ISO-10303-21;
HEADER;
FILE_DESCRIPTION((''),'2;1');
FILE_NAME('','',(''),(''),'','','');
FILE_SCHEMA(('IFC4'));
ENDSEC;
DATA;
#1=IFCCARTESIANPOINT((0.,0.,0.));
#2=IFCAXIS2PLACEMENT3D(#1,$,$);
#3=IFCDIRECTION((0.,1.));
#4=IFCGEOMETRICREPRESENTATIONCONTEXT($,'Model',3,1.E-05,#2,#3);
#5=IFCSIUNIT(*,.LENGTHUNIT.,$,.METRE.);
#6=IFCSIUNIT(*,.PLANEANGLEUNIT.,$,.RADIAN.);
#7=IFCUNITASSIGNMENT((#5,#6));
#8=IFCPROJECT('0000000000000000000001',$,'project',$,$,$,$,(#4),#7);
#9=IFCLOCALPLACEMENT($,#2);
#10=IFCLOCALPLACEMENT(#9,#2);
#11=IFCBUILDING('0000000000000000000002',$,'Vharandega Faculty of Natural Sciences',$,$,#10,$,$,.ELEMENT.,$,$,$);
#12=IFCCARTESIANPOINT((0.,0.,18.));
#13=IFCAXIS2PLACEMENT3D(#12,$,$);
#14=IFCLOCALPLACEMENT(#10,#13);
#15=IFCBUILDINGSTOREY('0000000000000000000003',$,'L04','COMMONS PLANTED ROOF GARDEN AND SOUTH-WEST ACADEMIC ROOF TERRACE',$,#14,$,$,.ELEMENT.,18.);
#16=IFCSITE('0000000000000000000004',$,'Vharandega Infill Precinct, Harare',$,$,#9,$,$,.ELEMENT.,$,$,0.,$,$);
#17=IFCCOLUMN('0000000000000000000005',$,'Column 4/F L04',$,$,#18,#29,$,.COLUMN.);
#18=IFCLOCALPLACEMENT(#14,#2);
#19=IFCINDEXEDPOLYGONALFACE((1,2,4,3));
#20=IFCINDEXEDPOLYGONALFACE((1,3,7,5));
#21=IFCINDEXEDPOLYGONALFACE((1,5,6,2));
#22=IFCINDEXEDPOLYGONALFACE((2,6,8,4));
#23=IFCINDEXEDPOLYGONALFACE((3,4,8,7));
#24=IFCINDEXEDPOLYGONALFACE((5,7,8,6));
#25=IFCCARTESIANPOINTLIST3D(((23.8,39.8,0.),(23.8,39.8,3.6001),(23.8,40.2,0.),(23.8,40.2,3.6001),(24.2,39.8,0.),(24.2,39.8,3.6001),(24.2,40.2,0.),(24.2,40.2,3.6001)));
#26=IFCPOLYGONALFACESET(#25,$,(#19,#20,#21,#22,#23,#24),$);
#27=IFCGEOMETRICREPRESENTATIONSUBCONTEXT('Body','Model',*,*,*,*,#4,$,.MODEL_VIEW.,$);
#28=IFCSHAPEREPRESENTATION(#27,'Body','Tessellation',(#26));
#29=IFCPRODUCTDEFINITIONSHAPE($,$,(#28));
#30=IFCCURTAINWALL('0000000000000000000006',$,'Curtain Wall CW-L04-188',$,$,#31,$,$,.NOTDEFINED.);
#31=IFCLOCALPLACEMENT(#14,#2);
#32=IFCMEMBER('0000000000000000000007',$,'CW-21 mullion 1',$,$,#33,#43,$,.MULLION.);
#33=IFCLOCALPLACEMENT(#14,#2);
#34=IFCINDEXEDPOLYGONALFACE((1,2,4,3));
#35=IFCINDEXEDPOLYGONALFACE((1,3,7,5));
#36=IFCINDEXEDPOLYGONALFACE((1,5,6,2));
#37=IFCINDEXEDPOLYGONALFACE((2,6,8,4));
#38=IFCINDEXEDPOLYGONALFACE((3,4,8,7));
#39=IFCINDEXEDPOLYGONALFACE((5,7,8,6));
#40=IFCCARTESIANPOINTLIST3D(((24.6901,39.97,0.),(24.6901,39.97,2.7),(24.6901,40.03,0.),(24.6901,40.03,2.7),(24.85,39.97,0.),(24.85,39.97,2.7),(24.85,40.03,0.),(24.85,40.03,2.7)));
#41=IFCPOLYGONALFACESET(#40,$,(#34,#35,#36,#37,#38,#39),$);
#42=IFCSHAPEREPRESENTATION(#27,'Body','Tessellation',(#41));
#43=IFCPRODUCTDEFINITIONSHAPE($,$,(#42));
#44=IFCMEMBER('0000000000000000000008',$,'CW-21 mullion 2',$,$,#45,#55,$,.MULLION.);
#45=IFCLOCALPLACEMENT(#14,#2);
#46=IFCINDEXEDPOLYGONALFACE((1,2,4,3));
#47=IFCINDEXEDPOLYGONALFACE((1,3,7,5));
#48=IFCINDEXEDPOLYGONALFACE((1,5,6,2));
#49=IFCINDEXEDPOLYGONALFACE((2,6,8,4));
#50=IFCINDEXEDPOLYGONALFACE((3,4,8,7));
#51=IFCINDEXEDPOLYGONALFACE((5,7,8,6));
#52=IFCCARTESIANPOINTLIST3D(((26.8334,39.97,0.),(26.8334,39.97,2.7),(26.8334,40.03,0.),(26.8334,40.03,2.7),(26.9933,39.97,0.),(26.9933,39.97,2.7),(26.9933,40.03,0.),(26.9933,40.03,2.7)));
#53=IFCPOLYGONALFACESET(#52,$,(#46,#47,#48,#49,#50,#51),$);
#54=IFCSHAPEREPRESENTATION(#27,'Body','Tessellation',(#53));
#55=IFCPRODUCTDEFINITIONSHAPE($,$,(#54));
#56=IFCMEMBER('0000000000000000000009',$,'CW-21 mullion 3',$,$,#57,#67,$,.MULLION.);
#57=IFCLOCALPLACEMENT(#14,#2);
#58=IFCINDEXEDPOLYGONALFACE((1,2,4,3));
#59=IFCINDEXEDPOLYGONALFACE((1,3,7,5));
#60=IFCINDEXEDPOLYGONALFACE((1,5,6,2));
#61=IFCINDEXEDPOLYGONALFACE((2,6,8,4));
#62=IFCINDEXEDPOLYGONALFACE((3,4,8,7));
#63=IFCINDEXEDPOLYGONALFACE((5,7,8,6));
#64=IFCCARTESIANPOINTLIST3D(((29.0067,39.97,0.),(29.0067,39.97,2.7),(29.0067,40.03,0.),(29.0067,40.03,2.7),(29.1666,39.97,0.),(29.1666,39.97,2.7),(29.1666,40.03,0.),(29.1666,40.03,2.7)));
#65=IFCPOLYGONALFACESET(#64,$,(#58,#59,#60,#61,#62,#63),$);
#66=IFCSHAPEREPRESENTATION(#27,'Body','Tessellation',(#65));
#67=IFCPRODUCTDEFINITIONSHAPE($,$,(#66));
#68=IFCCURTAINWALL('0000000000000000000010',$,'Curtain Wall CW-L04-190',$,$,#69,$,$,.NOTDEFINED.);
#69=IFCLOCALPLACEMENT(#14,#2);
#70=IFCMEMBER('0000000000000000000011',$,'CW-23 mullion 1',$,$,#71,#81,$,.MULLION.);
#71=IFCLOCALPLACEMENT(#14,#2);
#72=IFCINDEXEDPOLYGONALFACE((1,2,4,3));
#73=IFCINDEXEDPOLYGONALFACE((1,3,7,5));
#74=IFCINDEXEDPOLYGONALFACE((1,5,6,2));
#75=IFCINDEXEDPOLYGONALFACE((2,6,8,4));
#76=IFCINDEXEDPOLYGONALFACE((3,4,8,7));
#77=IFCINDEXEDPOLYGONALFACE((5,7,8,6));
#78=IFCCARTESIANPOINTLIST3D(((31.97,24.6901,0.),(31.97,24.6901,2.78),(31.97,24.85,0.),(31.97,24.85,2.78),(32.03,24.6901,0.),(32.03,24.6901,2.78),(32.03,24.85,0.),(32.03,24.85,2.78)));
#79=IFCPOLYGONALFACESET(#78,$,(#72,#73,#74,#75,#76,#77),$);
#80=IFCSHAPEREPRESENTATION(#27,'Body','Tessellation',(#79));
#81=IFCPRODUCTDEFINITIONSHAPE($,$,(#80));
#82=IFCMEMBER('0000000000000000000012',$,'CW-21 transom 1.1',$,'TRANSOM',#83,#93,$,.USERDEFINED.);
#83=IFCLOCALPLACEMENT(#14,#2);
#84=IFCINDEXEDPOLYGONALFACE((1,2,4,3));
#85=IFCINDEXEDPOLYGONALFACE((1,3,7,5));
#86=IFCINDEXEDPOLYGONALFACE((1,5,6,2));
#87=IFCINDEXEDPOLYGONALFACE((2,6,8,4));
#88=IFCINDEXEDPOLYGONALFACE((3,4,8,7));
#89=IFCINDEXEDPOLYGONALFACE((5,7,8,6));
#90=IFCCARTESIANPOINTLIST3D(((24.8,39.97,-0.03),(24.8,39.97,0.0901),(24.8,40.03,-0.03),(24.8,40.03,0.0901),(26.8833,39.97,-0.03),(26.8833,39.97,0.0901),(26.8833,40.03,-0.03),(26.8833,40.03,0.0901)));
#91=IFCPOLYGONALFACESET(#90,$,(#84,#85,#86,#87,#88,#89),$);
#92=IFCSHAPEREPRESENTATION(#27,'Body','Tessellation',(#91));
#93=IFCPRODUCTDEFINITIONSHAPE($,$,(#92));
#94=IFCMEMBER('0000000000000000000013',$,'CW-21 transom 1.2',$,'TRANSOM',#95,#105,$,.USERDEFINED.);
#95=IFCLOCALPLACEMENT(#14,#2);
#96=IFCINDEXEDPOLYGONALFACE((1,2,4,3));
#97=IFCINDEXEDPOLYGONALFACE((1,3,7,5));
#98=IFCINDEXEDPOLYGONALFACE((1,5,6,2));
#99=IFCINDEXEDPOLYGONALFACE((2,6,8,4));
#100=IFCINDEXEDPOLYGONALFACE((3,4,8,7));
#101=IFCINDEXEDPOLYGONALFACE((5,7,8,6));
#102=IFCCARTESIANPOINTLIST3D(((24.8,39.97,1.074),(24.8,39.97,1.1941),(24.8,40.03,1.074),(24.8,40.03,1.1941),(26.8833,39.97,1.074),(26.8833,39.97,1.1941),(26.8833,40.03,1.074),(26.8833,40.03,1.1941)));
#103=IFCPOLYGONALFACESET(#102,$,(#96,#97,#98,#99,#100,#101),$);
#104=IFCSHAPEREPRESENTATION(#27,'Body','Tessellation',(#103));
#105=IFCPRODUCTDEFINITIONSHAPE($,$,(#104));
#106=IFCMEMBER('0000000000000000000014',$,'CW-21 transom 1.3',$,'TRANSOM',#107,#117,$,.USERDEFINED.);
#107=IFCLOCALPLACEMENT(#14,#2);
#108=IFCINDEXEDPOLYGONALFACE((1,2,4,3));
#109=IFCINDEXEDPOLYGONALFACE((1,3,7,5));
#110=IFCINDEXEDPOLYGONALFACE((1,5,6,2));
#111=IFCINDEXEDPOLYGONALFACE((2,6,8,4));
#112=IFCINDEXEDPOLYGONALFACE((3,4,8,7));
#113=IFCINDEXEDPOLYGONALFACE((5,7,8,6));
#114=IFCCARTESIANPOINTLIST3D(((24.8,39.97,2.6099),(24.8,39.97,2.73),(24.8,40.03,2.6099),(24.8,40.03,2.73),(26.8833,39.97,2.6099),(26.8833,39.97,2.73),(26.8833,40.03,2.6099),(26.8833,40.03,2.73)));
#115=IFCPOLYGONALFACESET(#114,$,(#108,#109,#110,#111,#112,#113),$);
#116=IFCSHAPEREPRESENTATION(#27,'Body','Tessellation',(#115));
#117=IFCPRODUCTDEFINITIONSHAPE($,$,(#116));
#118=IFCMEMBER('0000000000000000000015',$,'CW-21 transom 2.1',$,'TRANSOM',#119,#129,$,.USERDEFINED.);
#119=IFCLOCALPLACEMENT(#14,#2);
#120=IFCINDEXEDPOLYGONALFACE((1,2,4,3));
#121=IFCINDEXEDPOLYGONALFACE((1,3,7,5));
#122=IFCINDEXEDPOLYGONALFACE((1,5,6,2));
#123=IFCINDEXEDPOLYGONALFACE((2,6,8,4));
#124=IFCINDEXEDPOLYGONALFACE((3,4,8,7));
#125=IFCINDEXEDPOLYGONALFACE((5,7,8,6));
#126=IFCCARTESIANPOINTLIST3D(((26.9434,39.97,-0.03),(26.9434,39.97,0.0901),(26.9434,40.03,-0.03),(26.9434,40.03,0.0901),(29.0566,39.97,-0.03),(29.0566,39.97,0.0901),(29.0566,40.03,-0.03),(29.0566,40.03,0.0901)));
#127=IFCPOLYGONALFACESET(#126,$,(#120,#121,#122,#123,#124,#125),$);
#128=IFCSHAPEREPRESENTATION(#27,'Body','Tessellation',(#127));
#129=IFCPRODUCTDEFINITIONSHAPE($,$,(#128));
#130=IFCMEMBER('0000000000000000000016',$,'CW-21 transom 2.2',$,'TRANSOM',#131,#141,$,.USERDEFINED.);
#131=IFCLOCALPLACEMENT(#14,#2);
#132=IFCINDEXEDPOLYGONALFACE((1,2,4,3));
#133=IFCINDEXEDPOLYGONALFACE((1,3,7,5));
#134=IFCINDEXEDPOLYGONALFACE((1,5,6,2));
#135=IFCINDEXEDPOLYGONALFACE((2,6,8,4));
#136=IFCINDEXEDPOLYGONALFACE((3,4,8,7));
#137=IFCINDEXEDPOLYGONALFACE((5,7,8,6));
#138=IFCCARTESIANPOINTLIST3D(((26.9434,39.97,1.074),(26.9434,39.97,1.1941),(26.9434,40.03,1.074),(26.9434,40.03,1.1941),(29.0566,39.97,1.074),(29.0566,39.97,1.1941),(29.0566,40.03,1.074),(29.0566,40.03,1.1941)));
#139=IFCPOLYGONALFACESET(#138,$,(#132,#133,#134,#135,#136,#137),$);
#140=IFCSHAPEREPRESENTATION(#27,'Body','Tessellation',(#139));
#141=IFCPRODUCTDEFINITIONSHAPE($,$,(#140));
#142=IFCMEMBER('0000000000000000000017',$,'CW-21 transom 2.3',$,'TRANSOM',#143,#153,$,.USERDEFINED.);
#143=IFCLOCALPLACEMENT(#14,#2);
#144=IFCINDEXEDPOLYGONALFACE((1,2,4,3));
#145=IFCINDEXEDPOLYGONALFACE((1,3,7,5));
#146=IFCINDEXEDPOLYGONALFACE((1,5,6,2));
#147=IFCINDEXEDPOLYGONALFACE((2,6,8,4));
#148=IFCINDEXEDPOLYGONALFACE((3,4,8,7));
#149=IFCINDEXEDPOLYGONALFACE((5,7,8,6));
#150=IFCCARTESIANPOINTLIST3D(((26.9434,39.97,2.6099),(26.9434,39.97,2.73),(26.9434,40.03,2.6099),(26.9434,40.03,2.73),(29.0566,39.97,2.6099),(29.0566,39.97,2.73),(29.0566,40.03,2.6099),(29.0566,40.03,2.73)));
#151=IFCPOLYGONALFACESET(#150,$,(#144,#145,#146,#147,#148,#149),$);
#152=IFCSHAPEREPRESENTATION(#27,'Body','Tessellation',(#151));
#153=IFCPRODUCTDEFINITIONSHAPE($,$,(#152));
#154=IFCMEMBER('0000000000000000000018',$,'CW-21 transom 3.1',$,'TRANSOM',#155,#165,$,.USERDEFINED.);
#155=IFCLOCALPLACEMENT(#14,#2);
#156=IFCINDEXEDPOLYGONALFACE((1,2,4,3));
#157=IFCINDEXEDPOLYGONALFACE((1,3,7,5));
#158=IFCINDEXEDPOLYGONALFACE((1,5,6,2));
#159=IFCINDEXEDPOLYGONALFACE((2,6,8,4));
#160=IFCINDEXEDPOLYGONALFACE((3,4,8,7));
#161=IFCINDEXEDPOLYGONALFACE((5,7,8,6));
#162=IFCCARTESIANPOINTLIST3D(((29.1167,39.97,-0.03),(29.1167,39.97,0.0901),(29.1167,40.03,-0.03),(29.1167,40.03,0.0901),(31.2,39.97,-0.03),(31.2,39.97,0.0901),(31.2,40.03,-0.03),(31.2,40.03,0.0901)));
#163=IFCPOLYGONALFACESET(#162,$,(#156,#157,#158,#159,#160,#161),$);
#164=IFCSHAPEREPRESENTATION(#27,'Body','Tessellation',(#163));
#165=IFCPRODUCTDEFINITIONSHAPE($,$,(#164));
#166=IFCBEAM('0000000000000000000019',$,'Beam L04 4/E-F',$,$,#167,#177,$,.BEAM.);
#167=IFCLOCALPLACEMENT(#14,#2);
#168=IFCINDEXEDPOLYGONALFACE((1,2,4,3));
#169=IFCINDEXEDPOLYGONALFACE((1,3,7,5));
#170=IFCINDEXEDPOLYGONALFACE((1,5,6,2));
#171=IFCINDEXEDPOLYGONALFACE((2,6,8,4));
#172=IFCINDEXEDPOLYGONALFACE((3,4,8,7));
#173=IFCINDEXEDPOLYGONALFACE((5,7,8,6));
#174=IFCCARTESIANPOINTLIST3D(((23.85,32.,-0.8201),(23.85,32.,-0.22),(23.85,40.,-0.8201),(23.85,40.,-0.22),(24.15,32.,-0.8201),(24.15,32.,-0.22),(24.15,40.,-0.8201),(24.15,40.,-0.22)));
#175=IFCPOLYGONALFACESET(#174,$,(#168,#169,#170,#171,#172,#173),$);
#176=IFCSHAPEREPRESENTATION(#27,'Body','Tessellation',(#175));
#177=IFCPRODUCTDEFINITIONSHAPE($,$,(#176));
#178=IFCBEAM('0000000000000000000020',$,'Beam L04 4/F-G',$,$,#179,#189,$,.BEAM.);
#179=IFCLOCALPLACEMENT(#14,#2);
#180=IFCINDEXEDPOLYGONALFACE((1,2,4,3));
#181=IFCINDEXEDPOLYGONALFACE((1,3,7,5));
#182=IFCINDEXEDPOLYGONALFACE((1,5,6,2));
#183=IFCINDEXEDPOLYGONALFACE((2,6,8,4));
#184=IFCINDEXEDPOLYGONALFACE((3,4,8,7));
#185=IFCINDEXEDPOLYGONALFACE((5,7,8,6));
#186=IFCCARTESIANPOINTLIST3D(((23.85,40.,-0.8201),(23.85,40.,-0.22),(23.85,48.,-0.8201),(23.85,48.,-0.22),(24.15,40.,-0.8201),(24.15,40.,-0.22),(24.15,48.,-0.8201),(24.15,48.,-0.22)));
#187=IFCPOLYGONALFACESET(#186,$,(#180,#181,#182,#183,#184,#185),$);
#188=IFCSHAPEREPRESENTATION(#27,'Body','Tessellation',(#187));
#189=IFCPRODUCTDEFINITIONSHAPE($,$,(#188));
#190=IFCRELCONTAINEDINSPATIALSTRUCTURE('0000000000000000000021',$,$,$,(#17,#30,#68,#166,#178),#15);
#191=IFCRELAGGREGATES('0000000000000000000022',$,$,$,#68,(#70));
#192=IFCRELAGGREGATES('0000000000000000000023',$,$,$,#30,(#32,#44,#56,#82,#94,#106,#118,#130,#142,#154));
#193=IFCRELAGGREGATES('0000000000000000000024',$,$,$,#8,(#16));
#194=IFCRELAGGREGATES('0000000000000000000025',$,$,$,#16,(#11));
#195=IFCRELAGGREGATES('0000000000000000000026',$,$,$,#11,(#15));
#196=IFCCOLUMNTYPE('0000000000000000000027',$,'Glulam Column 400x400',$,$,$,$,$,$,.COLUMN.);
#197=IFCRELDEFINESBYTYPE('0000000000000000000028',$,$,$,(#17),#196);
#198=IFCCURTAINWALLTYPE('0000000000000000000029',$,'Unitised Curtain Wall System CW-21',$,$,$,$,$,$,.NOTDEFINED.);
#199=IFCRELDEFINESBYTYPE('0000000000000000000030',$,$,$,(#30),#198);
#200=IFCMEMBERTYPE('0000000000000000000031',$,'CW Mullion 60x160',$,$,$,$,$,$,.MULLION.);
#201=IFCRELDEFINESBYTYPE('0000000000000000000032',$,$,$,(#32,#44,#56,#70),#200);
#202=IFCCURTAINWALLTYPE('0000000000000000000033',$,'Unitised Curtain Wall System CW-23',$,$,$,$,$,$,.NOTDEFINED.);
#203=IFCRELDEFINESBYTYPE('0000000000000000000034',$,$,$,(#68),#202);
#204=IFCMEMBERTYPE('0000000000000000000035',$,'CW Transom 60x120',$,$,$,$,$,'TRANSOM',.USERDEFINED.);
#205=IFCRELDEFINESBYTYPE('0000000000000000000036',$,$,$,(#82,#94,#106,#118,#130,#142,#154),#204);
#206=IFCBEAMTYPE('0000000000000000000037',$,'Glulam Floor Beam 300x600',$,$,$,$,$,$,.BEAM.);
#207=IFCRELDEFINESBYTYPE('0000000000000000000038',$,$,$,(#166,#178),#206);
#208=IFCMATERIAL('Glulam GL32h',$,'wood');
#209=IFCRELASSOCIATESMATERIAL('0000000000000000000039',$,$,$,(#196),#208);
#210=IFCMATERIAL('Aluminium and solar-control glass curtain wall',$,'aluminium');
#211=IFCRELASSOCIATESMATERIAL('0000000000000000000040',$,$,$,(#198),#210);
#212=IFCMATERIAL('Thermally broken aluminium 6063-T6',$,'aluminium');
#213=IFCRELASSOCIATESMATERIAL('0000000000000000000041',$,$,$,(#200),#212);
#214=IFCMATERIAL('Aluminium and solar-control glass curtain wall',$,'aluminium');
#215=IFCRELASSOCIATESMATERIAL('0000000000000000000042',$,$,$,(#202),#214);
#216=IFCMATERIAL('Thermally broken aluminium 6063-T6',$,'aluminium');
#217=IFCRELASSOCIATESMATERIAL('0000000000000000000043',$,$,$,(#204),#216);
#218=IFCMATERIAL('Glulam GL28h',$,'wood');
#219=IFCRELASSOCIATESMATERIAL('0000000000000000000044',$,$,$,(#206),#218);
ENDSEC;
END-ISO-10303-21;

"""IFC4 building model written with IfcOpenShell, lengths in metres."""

from ifc_helpers import new_model, si_unit, direction, frame, origin, origin_2d, place, context, subcontext, project, spatial, rectangle, extrude, material, material_profile, profile_set, type_object, element, aggregate, save


model = new_model("IFC4")

# Units and contexts
model_context = context("Model", 3, precision=1e-05, world=origin(), true_north=direction((0.0, 1.0)))
body_context = subcontext(model_context, "Body", "Model", "MODEL_VIEW")
ifc_project = project(units=[si_unit("LENGTHUNIT", "METRE"), si_unit("PLANEANGLEUNIT", "RADIAN")], contexts=[model_context])

# Site, building, storey
site_placement = place(None, origin())
site = spatial("IfcSite", under=ifc_project, at=site_placement, Name="Vharandega Infill Precinct, Harare", CompositionType="ELEMENT", RefElevation=0.0)
building_placement = place(site_placement, origin())
building = spatial("IfcBuilding", under=site, at=building_placement, Name="Vharandega Faculty of Natural Sciences", CompositionType="ELEMENT")
storey_placement = place(building_placement, frame((0.0, 0.0, 18.0)))
storey = spatial("IfcBuildingStorey", under=building, at=storey_placement, Name="L04", Description="COMMONS PLANTED ROOF GARDEN AND SOUTH-WEST ACADEMIC ROOF TERRACE", CompositionType="ELEMENT", Elevation=18.0)

# Column
ifc_material_1 = material(Name="Glulam GL32h", Category="wood")
ifc_material_profile_1 = material_profile(ifc_material_1, rectangle(XDim=0.3999, YDim=0.3999, at=origin_2d()), Name="GL32h 400x400")
ifc_profile_set_1 = profile_set([ifc_material_profile_1], Name="Glulam GL32h")
column_type = type_object("IfcColumnType", Name="Glulam Column 400x400", PredefinedType="COLUMN", material=ifc_profile_set_1)
column_placement = place(storey_placement, frame((24.0, 40.0, 0.0), z_axis=(0.0, 0.0, 1.0), x_axis=(1.0, 0.0, 0.0)))
element("IfcColumn", 1, at=column_placement, inside=storey, type_object=column_type, Name="Column 4/F L04", PredefinedType="COLUMN", context=body_context, shape_type="SweptSolid", body=[
    extrude(rectangle(XDim=0.3999, YDim=0.3999, at=origin_2d()), origin(), (0.0, 0.0, 1.0), 3.6001),
])

# Curtain wall, members
ifc_material_2 = material(Name="Aluminium and solar-control glass curtain wall", Category="aluminium")
curtain_wall_type_1 = type_object("IfcCurtainWallType", Name="Unitised Curtain Wall System CW-21", PredefinedType="NOTDEFINED", material=ifc_material_2)
curtain_wall_1_placement = place(storey_placement, origin())
curtain_wall_1 = element("IfcCurtainWall", 2, at=curtain_wall_1_placement, inside=storey, type_object=curtain_wall_type_1, Name="Curtain Wall CW-L04-188", PredefinedType="NOTDEFINED")
ifc_material_3 = material(Name="Thermally broken aluminium 6063-T6", Category="aluminium")
ifc_material_profile_2 = material_profile(ifc_material_3, rectangle(XDim=0.0601, YDim=0.1599, at=origin_2d()), Name="ALU 60x160")
ifc_profile_set_2 = profile_set([ifc_material_profile_2], Name="Thermally broken aluminium 6063-T6")
member_type_1 = type_object("IfcMemberType", Name="CW Mullion 60x160", PredefinedType="MULLION", material=ifc_profile_set_2)
member_1_placement = place(storey_placement, frame((24.77, 40.0, 0.0), z_axis=(0.0, 0.0, 1.0), x_axis=(0.0, 1.0, 0.0)))
member_1 = element("IfcMember", 3, at=member_1_placement, type_object=member_type_1, Name="CW-21 mullion 1", PredefinedType="MULLION", context=body_context, shape_type="SweptSolid", body=[
    extrude(rectangle(XDim=0.0601, YDim=0.1599, at=origin_2d()), origin(), (0.0, 0.0, 1.0), 2.7),
])
member_2_placement = place(storey_placement, frame((26.9133, 40.0, 0.0), z_axis=(0.0, 0.0, 1.0), x_axis=(0.0, 1.0, 0.0)))
member_2 = element("IfcMember", 4, at=member_2_placement, type_object=member_type_1, Name="CW-21 mullion 2", PredefinedType="MULLION", context=body_context, shape_type="SweptSolid", body=[
    extrude(rectangle(XDim=0.0601, YDim=0.1599, at=origin_2d()), origin(), (0.0, 0.0, 1.0), 2.7),
])
member_3_placement = place(storey_placement, frame((29.0867, 40.0, 0.0), z_axis=(0.0, 0.0, 1.0), x_axis=(0.0, 1.0, 0.0)))
member_3 = element("IfcMember", 5, at=member_3_placement, type_object=member_type_1, Name="CW-21 mullion 3", PredefinedType="MULLION", context=body_context, shape_type="SweptSolid", body=[
    extrude(rectangle(XDim=0.0601, YDim=0.1599, at=origin_2d()), origin(), (0.0, 0.0, 1.0), 2.7),
])

# Curtain wall, member
ifc_material_4 = material(Name="Aluminium and solar-control glass curtain wall", Category="aluminium")
curtain_wall_type_2 = type_object("IfcCurtainWallType", Name="Unitised Curtain Wall System CW-23", PredefinedType="NOTDEFINED", material=ifc_material_4)
curtain_wall_2_placement = place(storey_placement, origin())
curtain_wall_2 = element("IfcCurtainWall", 6, at=curtain_wall_2_placement, inside=storey, type_object=curtain_wall_type_2, Name="Curtain Wall CW-L04-190", PredefinedType="NOTDEFINED")
member_4_placement = place(storey_placement, frame((32.0, 24.77, 0.0), z_axis=(0.0, 0.0, 1.0), x_axis=(-1.0, 0.0, 0.0)))
member_4 = element("IfcMember", 7, at=member_4_placement, type_object=member_type_1, Name="CW-23 mullion 1", PredefinedType="MULLION", context=body_context, shape_type="SweptSolid", body=[
    extrude(rectangle(XDim=0.0601, YDim=0.1599, at=origin_2d()), origin(), (0.0, 0.0, 1.0), 2.78),
])
aggregate(curtain_wall_2, [member_4])

# Members
ifc_material_5 = material(Name="Thermally broken aluminium 6063-T6", Category="aluminium")
ifc_material_profile_3 = material_profile(ifc_material_5, rectangle(XDim=0.0601, YDim=0.1201, at=origin_2d()), Name="ALU 60x120")
ifc_profile_set_3 = profile_set([ifc_material_profile_3], Name="Thermally broken aluminium 6063-T6")
member_type_2 = type_object("IfcMemberType", Name="CW Transom 60x120", ElementType="TRANSOM", PredefinedType="USERDEFINED", material=ifc_profile_set_3)
member_5_placement = place(storey_placement, frame((24.8, 40.0, 0.03), z_axis=(1.0, 0.0, 0.0), x_axis=(0.0, 1.0, 0.0)))
member_5 = element("IfcMember", 8, at=member_5_placement, type_object=member_type_2, Name="CW-21 transom 1.1", ObjectType="TRANSOM", PredefinedType="USERDEFINED", context=body_context, shape_type="SweptSolid", body=[
    extrude(rectangle(XDim=0.0601, YDim=0.1201, at=origin_2d()), origin(), (0.0, 0.0, 1.0), 2.0833),
])
member_6_placement = place(storey_placement, frame((24.8, 40.0, 1.134), z_axis=(1.0, 0.0, 0.0), x_axis=(0.0, 1.0, 0.0)))
member_6 = element("IfcMember", 9, at=member_6_placement, type_object=member_type_2, Name="CW-21 transom 1.2", ObjectType="TRANSOM", PredefinedType="USERDEFINED", context=body_context, shape_type="SweptSolid", body=[
    extrude(rectangle(XDim=0.0601, YDim=0.1201, at=origin_2d()), origin(), (0.0, 0.0, 1.0), 2.0833),
])
member_7_placement = place(storey_placement, frame((24.8, 40.0, 2.6699), z_axis=(1.0, 0.0, 0.0), x_axis=(0.0, 1.0, 0.0)))
member_7 = element("IfcMember", 10, at=member_7_placement, type_object=member_type_2, Name="CW-21 transom 1.3", ObjectType="TRANSOM", PredefinedType="USERDEFINED", context=body_context, shape_type="SweptSolid", body=[
    extrude(rectangle(XDim=0.0601, YDim=0.1201, at=origin_2d()), origin(), (0.0, 0.0, 1.0), 2.0833),
])
member_8_placement = place(storey_placement, frame((26.9434, 40.0, 0.03), z_axis=(1.0, 0.0, 0.0), x_axis=(0.0, 1.0, 0.0)))
member_8 = element("IfcMember", 11, at=member_8_placement, type_object=member_type_2, Name="CW-21 transom 2.1", ObjectType="TRANSOM", PredefinedType="USERDEFINED", context=body_context, shape_type="SweptSolid", body=[
    extrude(rectangle(XDim=0.0601, YDim=0.1201, at=origin_2d()), origin(), (0.0, 0.0, 1.0), 2.1133),
])
member_9_placement = place(storey_placement, frame((26.9434, 40.0, 1.134), z_axis=(1.0, 0.0, 0.0), x_axis=(0.0, 1.0, 0.0)))
member_9 = element("IfcMember", 12, at=member_9_placement, type_object=member_type_2, Name="CW-21 transom 2.2", ObjectType="TRANSOM", PredefinedType="USERDEFINED", context=body_context, shape_type="SweptSolid", body=[
    extrude(rectangle(XDim=0.0601, YDim=0.1201, at=origin_2d()), origin(), (0.0, 0.0, 1.0), 2.1133),
])
member_10_placement = place(storey_placement, frame((26.9434, 40.0, 2.6699), z_axis=(1.0, 0.0, 0.0), x_axis=(0.0, 1.0, 0.0)))
member_10 = element("IfcMember", 13, at=member_10_placement, type_object=member_type_2, Name="CW-21 transom 2.3", ObjectType="TRANSOM", PredefinedType="USERDEFINED", context=body_context, shape_type="SweptSolid", body=[
    extrude(rectangle(XDim=0.0601, YDim=0.1201, at=origin_2d()), origin(), (0.0, 0.0, 1.0), 2.1133),
])
member_11_placement = place(storey_placement, frame((29.1167, 40.0, 0.03), z_axis=(1.0, 0.0, 0.0), x_axis=(0.0, 1.0, 0.0)))
member_11 = element("IfcMember", 14, at=member_11_placement, type_object=member_type_2, Name="CW-21 transom 3.1", ObjectType="TRANSOM", PredefinedType="USERDEFINED", context=body_context, shape_type="SweptSolid", body=[
    extrude(rectangle(XDim=0.0601, YDim=0.1201, at=origin_2d()), origin(), (0.0, 0.0, 1.0), 2.0833),
])

# Beams
ifc_material_6 = material(Name="Glulam GL28h", Category="wood")
ifc_material_profile_4 = material_profile(ifc_material_6, rectangle(XDim=0.3, YDim=0.6001, at=origin_2d()), Name="GL28h 300x600")
ifc_profile_set_4 = profile_set([ifc_material_profile_4], Name="Glulam GL28h")
beam_type_1 = type_object("IfcBeamType", Name="Glulam Floor Beam 300x600", PredefinedType="BEAM", material=ifc_profile_set_4)
for number, where, z_axis, x_axis, name in (
    (15, (24.0, 32.0, -0.52), (0.0, 1.0, 0.0), (-1.0, 0.0, 0.0), "Beam L04 4/E-F"),
    (16, (24.0, 40.0, -0.52), (0.0, 1.0, 0.0), (-1.0, 0.0, 0.0), "Beam L04 4/F-G"),
):
    element("IfcBeam", number, at=place(storey_placement, frame(where, z_axis=z_axis, x_axis=x_axis)), inside=storey, type_object=beam_type_1, Name=name, PredefinedType="BEAM", context=body_context, shape_type="SweptSolid", body=[
        extrude(rectangle(XDim=0.3, YDim=0.6001, at=origin_2d()), origin(), (0.0, 0.0, 1.0), 8.0),
    ])

aggregate(curtain_wall_1, [member_1, member_2, member_3, member_5, member_6, member_7, member_8, member_9, member_10, member_11])

save(model, "model.ifc")
